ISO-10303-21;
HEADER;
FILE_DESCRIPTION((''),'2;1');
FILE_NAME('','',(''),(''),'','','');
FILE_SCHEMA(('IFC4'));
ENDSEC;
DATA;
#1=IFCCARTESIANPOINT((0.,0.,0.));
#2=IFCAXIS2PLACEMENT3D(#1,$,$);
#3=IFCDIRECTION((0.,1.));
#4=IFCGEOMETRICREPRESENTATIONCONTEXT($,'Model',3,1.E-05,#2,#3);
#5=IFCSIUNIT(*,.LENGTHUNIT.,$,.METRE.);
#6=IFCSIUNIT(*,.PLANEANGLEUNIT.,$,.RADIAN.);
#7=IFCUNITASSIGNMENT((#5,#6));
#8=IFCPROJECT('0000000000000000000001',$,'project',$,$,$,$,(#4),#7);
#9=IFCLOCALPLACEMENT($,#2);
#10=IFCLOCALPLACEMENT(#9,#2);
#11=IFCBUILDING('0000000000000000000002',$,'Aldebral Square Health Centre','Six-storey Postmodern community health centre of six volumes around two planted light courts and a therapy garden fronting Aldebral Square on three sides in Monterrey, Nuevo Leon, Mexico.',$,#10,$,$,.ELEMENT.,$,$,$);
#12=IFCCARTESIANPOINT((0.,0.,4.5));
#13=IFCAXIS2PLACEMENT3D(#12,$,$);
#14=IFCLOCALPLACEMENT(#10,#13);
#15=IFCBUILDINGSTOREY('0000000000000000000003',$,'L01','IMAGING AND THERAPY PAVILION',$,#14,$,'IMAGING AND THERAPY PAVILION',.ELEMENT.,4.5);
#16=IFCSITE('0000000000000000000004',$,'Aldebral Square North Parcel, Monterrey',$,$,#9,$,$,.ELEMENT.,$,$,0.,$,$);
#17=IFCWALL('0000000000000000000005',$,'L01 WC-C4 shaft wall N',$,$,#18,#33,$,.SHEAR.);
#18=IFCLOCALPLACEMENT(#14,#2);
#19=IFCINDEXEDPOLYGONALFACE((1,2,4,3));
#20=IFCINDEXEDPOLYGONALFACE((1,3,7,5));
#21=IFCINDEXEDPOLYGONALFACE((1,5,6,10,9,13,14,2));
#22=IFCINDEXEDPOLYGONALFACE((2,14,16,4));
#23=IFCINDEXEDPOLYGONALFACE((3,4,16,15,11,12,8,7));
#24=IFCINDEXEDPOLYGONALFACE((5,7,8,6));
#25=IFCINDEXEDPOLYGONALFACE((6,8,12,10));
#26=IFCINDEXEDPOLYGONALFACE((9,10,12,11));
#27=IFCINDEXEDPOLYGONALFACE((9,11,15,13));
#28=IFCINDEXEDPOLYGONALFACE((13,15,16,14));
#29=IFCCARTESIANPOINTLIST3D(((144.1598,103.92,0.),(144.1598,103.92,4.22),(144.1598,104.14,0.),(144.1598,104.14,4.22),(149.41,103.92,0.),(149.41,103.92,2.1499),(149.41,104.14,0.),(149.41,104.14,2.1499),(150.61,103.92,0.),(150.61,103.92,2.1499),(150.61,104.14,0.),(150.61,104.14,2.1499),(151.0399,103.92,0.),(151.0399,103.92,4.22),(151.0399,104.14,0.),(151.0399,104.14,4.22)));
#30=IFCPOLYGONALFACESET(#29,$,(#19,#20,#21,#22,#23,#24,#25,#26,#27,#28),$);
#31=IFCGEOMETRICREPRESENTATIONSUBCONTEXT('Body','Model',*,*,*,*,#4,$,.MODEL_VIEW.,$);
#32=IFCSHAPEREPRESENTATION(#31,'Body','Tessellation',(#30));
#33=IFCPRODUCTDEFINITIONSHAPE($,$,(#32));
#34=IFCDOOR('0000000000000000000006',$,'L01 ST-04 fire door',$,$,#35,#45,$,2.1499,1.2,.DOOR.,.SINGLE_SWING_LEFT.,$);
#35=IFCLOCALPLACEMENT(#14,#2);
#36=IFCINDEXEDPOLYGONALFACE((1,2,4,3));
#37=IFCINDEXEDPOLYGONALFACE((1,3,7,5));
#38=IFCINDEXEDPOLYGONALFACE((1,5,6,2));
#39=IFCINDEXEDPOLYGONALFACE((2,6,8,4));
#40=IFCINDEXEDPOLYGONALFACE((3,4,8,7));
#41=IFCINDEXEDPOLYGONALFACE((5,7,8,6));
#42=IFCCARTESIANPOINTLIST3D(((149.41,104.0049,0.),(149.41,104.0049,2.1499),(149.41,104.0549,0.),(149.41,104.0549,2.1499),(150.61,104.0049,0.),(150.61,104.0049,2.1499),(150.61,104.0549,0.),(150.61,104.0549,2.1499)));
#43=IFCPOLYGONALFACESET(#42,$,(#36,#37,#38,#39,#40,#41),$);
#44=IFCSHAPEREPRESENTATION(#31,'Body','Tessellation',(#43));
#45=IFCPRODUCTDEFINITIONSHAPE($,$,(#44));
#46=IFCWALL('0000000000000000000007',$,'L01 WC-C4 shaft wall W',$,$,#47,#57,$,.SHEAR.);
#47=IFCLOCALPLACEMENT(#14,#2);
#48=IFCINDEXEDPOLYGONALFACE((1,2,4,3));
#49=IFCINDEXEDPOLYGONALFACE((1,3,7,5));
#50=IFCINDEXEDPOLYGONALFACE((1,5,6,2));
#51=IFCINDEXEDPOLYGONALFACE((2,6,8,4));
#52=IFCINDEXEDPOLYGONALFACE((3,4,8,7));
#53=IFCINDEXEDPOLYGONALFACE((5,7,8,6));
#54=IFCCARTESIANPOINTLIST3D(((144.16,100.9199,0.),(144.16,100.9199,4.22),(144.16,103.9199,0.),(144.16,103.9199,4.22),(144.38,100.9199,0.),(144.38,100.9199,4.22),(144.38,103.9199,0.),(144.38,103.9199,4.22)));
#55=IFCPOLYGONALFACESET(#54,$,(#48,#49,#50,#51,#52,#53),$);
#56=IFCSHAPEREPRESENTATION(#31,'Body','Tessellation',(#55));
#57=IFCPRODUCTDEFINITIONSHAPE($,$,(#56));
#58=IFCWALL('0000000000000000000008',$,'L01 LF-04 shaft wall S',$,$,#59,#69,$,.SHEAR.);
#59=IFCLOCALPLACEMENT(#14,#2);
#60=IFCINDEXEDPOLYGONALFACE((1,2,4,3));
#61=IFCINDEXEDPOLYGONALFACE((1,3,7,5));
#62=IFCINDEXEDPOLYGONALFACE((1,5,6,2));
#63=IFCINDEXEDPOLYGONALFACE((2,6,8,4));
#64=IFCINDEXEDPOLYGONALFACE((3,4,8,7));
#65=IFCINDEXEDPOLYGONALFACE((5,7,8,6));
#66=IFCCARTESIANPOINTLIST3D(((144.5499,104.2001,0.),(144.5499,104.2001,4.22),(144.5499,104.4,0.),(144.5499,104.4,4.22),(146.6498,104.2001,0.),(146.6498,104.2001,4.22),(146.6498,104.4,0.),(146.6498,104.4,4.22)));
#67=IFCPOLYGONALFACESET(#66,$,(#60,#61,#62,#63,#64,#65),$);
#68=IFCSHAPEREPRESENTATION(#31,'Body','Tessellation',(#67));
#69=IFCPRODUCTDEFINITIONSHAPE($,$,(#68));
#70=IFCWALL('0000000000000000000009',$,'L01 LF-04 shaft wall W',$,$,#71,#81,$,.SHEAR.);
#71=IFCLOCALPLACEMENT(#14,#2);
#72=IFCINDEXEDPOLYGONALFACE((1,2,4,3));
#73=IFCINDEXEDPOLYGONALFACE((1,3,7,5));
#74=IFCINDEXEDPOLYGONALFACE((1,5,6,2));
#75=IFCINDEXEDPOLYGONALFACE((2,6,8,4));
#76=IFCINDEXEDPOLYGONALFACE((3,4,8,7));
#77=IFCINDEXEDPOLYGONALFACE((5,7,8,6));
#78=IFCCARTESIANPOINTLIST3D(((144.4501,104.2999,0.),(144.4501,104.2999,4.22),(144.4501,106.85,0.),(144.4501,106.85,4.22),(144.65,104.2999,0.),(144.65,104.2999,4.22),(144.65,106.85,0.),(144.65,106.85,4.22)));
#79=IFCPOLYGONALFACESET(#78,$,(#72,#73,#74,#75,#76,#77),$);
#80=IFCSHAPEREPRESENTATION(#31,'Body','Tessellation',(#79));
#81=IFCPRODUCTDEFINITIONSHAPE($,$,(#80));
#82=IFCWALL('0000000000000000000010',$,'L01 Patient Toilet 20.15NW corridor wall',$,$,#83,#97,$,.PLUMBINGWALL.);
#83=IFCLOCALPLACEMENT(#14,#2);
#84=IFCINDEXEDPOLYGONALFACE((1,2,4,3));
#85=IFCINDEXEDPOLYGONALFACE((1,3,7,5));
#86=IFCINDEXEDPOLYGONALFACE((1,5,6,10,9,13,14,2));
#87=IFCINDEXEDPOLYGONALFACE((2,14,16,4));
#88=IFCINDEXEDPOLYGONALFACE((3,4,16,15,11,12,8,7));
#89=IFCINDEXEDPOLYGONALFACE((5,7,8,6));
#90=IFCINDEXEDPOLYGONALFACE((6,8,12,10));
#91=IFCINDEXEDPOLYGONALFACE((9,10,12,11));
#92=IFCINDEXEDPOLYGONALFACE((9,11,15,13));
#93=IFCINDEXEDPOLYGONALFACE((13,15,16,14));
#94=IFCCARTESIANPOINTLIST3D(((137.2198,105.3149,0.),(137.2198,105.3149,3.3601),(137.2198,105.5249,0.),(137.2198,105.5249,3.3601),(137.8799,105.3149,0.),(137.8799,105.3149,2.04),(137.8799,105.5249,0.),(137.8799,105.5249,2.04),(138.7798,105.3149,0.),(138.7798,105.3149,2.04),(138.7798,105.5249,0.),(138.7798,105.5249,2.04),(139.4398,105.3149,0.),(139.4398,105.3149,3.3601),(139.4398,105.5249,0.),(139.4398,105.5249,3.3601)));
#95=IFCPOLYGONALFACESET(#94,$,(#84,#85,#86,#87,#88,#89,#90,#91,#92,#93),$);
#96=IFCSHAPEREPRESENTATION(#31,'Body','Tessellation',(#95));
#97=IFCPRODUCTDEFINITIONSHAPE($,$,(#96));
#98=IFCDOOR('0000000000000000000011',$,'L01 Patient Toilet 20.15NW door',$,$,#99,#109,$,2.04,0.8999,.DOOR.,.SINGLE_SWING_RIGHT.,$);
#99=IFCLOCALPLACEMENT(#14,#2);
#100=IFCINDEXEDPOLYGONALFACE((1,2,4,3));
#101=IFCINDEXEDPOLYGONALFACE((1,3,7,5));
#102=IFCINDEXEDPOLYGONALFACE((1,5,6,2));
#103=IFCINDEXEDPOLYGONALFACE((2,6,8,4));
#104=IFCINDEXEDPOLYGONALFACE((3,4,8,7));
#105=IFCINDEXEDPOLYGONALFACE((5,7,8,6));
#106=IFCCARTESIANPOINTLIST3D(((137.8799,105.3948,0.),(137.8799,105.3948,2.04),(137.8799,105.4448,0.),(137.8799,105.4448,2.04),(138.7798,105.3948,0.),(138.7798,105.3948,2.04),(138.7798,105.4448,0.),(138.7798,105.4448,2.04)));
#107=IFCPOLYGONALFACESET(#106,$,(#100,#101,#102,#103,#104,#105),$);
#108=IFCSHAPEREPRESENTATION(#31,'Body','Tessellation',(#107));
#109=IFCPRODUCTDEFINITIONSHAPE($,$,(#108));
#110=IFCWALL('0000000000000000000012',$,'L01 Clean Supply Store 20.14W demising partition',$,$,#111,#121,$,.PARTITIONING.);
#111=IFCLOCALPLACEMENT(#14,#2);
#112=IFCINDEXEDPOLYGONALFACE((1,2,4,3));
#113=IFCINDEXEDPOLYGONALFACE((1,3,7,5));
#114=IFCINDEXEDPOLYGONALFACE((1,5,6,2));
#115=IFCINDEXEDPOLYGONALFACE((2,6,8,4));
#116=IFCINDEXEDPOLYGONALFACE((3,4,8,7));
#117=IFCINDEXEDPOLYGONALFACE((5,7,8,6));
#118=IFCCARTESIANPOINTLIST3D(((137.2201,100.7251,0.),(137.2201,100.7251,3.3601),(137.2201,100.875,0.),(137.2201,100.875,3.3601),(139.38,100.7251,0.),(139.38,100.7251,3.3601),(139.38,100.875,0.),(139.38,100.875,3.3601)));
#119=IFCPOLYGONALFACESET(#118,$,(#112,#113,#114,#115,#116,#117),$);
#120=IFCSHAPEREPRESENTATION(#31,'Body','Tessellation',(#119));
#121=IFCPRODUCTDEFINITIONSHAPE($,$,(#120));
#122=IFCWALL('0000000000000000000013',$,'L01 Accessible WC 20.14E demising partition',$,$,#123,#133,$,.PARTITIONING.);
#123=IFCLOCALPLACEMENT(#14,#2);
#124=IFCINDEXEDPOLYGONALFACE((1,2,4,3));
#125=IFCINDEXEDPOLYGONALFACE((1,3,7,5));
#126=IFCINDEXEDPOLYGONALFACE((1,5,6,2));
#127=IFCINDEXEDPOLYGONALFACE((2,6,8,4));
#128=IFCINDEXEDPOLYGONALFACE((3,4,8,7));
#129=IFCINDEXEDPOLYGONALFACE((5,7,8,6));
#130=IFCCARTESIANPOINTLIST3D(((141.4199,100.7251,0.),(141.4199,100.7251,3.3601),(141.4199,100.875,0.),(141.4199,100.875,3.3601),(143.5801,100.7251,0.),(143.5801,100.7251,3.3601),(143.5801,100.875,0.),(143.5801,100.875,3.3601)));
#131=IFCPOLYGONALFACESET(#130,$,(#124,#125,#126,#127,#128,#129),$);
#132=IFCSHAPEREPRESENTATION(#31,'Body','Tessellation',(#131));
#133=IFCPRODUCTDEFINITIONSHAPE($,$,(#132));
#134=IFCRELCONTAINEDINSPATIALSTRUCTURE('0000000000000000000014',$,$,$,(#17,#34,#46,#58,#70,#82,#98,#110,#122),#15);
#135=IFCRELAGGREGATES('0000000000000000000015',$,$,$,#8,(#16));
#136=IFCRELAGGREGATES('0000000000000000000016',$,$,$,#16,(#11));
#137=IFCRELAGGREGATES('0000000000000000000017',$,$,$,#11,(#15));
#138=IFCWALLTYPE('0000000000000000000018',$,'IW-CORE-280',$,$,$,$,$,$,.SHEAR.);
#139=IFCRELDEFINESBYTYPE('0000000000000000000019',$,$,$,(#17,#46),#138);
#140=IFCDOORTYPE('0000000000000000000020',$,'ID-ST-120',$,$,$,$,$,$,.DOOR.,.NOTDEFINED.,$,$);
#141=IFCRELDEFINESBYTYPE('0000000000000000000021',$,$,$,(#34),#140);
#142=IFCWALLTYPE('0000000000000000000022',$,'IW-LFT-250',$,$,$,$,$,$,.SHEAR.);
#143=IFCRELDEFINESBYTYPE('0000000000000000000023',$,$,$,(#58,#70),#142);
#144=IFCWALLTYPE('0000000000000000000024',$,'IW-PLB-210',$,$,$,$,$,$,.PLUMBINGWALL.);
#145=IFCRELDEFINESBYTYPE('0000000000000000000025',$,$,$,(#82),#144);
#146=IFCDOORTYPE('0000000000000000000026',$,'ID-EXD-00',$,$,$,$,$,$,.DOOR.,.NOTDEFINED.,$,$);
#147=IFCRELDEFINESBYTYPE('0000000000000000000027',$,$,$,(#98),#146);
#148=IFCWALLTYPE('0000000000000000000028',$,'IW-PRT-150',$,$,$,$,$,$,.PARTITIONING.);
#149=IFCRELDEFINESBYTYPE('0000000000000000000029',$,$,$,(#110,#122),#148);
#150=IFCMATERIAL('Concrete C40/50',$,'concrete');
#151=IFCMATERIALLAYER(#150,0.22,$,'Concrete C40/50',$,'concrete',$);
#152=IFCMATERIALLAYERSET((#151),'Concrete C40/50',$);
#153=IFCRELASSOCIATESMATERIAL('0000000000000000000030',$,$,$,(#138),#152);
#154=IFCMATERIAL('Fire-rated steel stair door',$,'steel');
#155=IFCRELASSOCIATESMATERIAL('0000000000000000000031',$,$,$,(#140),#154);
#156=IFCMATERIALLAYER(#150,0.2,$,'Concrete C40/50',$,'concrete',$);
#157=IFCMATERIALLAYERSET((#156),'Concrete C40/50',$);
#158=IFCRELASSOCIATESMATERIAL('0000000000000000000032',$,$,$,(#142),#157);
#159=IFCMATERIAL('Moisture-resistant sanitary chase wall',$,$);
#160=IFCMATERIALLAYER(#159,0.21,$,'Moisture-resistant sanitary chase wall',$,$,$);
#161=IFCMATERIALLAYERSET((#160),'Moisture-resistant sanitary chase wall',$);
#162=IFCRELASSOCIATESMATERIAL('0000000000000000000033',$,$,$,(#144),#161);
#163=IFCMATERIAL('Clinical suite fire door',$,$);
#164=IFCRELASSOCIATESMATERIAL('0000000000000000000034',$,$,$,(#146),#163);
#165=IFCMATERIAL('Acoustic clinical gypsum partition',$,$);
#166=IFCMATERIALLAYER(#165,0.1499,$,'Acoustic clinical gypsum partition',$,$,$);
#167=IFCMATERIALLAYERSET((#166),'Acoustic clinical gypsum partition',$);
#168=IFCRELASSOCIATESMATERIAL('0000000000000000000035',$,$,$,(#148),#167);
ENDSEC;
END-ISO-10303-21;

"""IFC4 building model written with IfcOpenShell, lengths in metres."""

from ifc_helpers import new_model, si_unit, direction, frame, frame_2d, origin, place, context, subcontext, project, spatial, rectangle, extrude, material, layer, layer_set, type_object, element, fill, save


model = new_model("IFC4")

# Units and contexts
model_context = context("Model", 3, precision=1e-05, world=origin(), true_north=direction((0.0, 1.0)))
body_context = subcontext(model_context, "Body", "Model", "MODEL_VIEW")
ifc_project = project(units=[si_unit("LENGTHUNIT", "METRE"), si_unit("PLANEANGLEUNIT", "RADIAN")], contexts=[model_context])

# Site, building, storey
site_placement = place(None, origin())
site = spatial("IfcSite", under=ifc_project, at=site_placement, Name="Aldebral Square North Parcel, Monterrey", CompositionType="ELEMENT", RefElevation=0.0)
building_placement = place(site_placement, origin())
building = spatial("IfcBuilding", under=site, at=building_placement, Name="Aldebral Square Health Centre", Description="Six-storey Postmodern community health centre of six volumes around two planted light courts and a therapy garden fronting Aldebral Square on three sides in Monterrey, Nuevo Leon, Mexico.", CompositionType="ELEMENT")
storey_placement = place(building_placement, frame((0.0, 0.0, 4.5)))
storey = spatial("IfcBuildingStorey", under=building, at=storey_placement, Name="L01", Description="IMAGING AND THERAPY PAVILION", LongName="IMAGING AND THERAPY PAVILION", CompositionType="ELEMENT", Elevation=4.5)

# Shared definitions
ifc_material_1 = material(Name="Concrete C40/50", Category="concrete")

# Shared definitions
ifc_layer_1 = layer(ifc_material_1, 0.22, Name="Concrete C40/50", Category="concrete")
ifc_layer_set_1 = layer_set([ifc_layer_1], Name="Concrete C40/50")
wall_type_1 = type_object("IfcWallType", Name="IW-CORE-280", PredefinedType="SHEAR", material=ifc_layer_set_1)

# Wall, opening, door
wall_1_placement = place(storey_placement, frame((144.1599, 104.03, 0.0), z_axis=(0.0, 0.0, 1.0), x_axis=(1.0, 0.0, 0.0)))
wall_1 = element("IfcWall", 1, at=wall_1_placement, inside=storey, type_object=wall_type_1, Name="L01 WC-C4 shaft wall N", PredefinedType="SHEAR", context=body_context, shape_type="SweptSolid", body=[
    extrude(rectangle(XDim=6.8801, YDim=0.22, at=frame_2d((3.4399, 0.0))), origin(), (0.0, 0.0, 1.0), 4.22),
])
opening_1_placement = place(wall_1_placement, frame((5.25, 0.0, 0.0)))
opening_1 = element("IfcOpeningElement", 2, at=opening_1_placement, cuts=wall_1, PredefinedType="OPENING", context=body_context, shape_type="SweptSolid", body=[
    extrude(rectangle(XDim=1.2, YDim=2.1499, at=frame_2d((0.6001, 1.075))), frame((0.0, 0.1201, 0.0), z_axis=(0.0, -1.0, 0.0), x_axis=(1.0, 0.0, 0.0)), (0.0, 0.0, 1.0), 0.24),
])
ifc_material_2 = material(Name="Fire-rated steel stair door", Category="steel")
door_type_1 = type_object("IfcDoorType", Name="ID-ST-120", OperationType="NOTDEFINED", PredefinedType="DOOR", material=ifc_material_2)
door_1_placement = place(opening_1_placement, origin())
door_1 = element("IfcDoor", 3, at=door_1_placement, inside=storey, type_object=door_type_1, Name="L01 ST-04 fire door", OperationType="SINGLE_SWING_LEFT", OverallHeight=2.1499, OverallWidth=1.2, PredefinedType="DOOR", context=body_context, shape_type="SweptSolid", body=[
    extrude(rectangle(XDim=1.2, YDim=2.1499, at=frame_2d((0.6001, 1.075))), frame((0.0, 0.0249, 0.0), z_axis=(0.0, -1.0, 0.0), x_axis=(1.0, 0.0, 0.0)), (0.0, 0.0, 1.0), 0.05),
])
fill(opening_1, door_1)

# Walls
wall_2_placement = place(storey_placement, frame((144.27, 100.9199, 0.0), z_axis=(0.0, 0.0, 1.0), x_axis=(0.0, 1.0, 0.0)))
element("IfcWall", 4, at=wall_2_placement, inside=storey, type_object=wall_type_1, Name="L01 WC-C4 shaft wall W", PredefinedType="SHEAR", context=body_context, shape_type="SweptSolid", body=[
    extrude(rectangle(XDim=3.0, YDim=0.22, at=frame_2d((1.5, 0.0))), origin(), (0.0, 0.0, 1.0), 4.22),
])
ifc_layer_2 = layer(ifc_material_1, 0.2, Name="Concrete C40/50", Category="concrete")
ifc_layer_set_2 = layer_set([ifc_layer_2], Name="Concrete C40/50")
wall_type_2 = type_object("IfcWallType", Name="IW-LFT-250", PredefinedType="SHEAR", material=ifc_layer_set_2)
wall_3_placement = place(storey_placement, frame((144.55, 104.3, 0.0), z_axis=(0.0, 0.0, 1.0), x_axis=(1.0, 0.0, 0.0)))
element("IfcWall", 5, at=wall_3_placement, inside=storey, type_object=wall_type_2, Name="L01 LF-04 shaft wall S", PredefinedType="SHEAR", context=body_context, shape_type="SweptSolid", body=[
    extrude(rectangle(XDim=2.0999, YDim=0.2, at=frame_2d((1.0498, 0.0))), origin(), (0.0, 0.0, 1.0), 4.22),
])
wall_4_placement = place(storey_placement, frame((144.55, 104.3, 0.0), z_axis=(0.0, 0.0, 1.0), x_axis=(0.0, 1.0, 0.0)))
element("IfcWall", 6, at=wall_4_placement, inside=storey, type_object=wall_type_2, Name="L01 LF-04 shaft wall W", PredefinedType="SHEAR", context=body_context, shape_type="SweptSolid", body=[
    extrude(rectangle(XDim=2.55, YDim=0.2, at=frame_2d((1.2749, 0.0))), origin(), (0.0, 0.0, 1.0), 4.22),
])

# Wall, opening, door
ifc_material_3 = material(Name="Moisture-resistant sanitary chase wall")
ifc_layer_3 = layer(ifc_material_3, 0.21, Name="Moisture-resistant sanitary chase wall")
ifc_layer_set_3 = layer_set([ifc_layer_3], Name="Moisture-resistant sanitary chase wall")
wall_type_3 = type_object("IfcWallType", Name="IW-PLB-210", PredefinedType="PLUMBINGWALL", material=ifc_layer_set_3)
wall_5_placement = place(storey_placement, frame((137.22, 105.4199, 0.0), z_axis=(0.0, 0.0, 1.0), x_axis=(1.0, 0.0, 0.0)))
wall_5 = element("IfcWall", 7, at=wall_5_placement, inside=storey, type_object=wall_type_3, Name="L01 Patient Toilet 20.15NW corridor wall", PredefinedType="PLUMBINGWALL", context=body_context, shape_type="SweptSolid", body=[
    extrude(rectangle(XDim=2.22, YDim=0.21, at=frame_2d((1.1099, 0.0))), origin(), (0.0, 0.0, 1.0), 3.3601),
])
opening_2_placement = place(wall_5_placement, frame((0.6599, 0.0, 0.0)))
opening_2 = element("IfcOpeningElement", 8, at=opening_2_placement, cuts=wall_5, PredefinedType="OPENING", context=body_context, shape_type="SweptSolid", body=[
    extrude(rectangle(XDim=0.8999, YDim=2.04, at=frame_2d((0.45, 1.02))), frame((0.0, 0.115, 0.0), z_axis=(0.0, -1.0, 0.0), x_axis=(1.0, 0.0, 0.0)), (0.0, 0.0, 1.0), 0.23),
])
ifc_material_4 = material(Name="Clinical suite fire door")
door_type_2 = type_object("IfcDoorType", Name="ID-EXD-00", OperationType="NOTDEFINED", PredefinedType="DOOR", material=ifc_material_4)
door_2_placement = place(opening_2_placement, origin())
door_2 = element("IfcDoor", 9, at=door_2_placement, inside=storey, type_object=door_type_2, Name="L01 Patient Toilet 20.15NW door", OperationType="SINGLE_SWING_RIGHT", OverallHeight=2.04, OverallWidth=0.8999, PredefinedType="DOOR", context=body_context, shape_type="SweptSolid", body=[
    extrude(rectangle(XDim=0.8999, YDim=2.04, at=frame_2d((0.45, 1.02))), frame((0.0, 0.0249, 0.0), z_axis=(0.0, -1.0, 0.0), x_axis=(1.0, 0.0, 0.0)), (0.0, 0.0, 1.0), 0.05),
])
fill(opening_2, door_2)

# Walls
ifc_material_5 = material(Name="Acoustic clinical gypsum partition")
ifc_layer_4 = layer(ifc_material_5, 0.1499, Name="Acoustic clinical gypsum partition")
ifc_layer_set_4 = layer_set([ifc_layer_4], Name="Acoustic clinical gypsum partition")
wall_type_4 = type_object("IfcWallType", Name="IW-PRT-150", PredefinedType="PARTITIONING", material=ifc_layer_set_4)
wall_6_placement = place(storey_placement, frame((137.22, 100.8, 0.0), z_axis=(0.0, 0.0, 1.0), x_axis=(1.0, 0.0, 0.0)))
element("IfcWall", 10, at=wall_6_placement, inside=storey, type_object=wall_type_4, Name="L01 Clean Supply Store 20.14W demising partition", PredefinedType="PARTITIONING", context=body_context, shape_type="SweptSolid", body=[
    extrude(rectangle(XDim=2.1599, YDim=0.1499, at=frame_2d((1.0801, 0.0))), origin(), (0.0, 0.0, 1.0), 3.3601),
])
wall_7_placement = place(storey_placement, frame((141.4199, 100.8, 0.0), z_axis=(0.0, 0.0, 1.0), x_axis=(1.0, 0.0, 0.0)))
element("IfcWall", 11, at=wall_7_placement, inside=storey, type_object=wall_type_4, Name="L01 Accessible WC 20.14E demising partition", PredefinedType="PARTITIONING", context=body_context, shape_type="SweptSolid", body=[
    extrude(rectangle(XDim=2.1602, YDim=0.1499, at=frame_2d((1.0801, 0.0))), origin(), (0.0, 0.0, 1.0), 3.3601),
])

save(model, "model.ifc")
